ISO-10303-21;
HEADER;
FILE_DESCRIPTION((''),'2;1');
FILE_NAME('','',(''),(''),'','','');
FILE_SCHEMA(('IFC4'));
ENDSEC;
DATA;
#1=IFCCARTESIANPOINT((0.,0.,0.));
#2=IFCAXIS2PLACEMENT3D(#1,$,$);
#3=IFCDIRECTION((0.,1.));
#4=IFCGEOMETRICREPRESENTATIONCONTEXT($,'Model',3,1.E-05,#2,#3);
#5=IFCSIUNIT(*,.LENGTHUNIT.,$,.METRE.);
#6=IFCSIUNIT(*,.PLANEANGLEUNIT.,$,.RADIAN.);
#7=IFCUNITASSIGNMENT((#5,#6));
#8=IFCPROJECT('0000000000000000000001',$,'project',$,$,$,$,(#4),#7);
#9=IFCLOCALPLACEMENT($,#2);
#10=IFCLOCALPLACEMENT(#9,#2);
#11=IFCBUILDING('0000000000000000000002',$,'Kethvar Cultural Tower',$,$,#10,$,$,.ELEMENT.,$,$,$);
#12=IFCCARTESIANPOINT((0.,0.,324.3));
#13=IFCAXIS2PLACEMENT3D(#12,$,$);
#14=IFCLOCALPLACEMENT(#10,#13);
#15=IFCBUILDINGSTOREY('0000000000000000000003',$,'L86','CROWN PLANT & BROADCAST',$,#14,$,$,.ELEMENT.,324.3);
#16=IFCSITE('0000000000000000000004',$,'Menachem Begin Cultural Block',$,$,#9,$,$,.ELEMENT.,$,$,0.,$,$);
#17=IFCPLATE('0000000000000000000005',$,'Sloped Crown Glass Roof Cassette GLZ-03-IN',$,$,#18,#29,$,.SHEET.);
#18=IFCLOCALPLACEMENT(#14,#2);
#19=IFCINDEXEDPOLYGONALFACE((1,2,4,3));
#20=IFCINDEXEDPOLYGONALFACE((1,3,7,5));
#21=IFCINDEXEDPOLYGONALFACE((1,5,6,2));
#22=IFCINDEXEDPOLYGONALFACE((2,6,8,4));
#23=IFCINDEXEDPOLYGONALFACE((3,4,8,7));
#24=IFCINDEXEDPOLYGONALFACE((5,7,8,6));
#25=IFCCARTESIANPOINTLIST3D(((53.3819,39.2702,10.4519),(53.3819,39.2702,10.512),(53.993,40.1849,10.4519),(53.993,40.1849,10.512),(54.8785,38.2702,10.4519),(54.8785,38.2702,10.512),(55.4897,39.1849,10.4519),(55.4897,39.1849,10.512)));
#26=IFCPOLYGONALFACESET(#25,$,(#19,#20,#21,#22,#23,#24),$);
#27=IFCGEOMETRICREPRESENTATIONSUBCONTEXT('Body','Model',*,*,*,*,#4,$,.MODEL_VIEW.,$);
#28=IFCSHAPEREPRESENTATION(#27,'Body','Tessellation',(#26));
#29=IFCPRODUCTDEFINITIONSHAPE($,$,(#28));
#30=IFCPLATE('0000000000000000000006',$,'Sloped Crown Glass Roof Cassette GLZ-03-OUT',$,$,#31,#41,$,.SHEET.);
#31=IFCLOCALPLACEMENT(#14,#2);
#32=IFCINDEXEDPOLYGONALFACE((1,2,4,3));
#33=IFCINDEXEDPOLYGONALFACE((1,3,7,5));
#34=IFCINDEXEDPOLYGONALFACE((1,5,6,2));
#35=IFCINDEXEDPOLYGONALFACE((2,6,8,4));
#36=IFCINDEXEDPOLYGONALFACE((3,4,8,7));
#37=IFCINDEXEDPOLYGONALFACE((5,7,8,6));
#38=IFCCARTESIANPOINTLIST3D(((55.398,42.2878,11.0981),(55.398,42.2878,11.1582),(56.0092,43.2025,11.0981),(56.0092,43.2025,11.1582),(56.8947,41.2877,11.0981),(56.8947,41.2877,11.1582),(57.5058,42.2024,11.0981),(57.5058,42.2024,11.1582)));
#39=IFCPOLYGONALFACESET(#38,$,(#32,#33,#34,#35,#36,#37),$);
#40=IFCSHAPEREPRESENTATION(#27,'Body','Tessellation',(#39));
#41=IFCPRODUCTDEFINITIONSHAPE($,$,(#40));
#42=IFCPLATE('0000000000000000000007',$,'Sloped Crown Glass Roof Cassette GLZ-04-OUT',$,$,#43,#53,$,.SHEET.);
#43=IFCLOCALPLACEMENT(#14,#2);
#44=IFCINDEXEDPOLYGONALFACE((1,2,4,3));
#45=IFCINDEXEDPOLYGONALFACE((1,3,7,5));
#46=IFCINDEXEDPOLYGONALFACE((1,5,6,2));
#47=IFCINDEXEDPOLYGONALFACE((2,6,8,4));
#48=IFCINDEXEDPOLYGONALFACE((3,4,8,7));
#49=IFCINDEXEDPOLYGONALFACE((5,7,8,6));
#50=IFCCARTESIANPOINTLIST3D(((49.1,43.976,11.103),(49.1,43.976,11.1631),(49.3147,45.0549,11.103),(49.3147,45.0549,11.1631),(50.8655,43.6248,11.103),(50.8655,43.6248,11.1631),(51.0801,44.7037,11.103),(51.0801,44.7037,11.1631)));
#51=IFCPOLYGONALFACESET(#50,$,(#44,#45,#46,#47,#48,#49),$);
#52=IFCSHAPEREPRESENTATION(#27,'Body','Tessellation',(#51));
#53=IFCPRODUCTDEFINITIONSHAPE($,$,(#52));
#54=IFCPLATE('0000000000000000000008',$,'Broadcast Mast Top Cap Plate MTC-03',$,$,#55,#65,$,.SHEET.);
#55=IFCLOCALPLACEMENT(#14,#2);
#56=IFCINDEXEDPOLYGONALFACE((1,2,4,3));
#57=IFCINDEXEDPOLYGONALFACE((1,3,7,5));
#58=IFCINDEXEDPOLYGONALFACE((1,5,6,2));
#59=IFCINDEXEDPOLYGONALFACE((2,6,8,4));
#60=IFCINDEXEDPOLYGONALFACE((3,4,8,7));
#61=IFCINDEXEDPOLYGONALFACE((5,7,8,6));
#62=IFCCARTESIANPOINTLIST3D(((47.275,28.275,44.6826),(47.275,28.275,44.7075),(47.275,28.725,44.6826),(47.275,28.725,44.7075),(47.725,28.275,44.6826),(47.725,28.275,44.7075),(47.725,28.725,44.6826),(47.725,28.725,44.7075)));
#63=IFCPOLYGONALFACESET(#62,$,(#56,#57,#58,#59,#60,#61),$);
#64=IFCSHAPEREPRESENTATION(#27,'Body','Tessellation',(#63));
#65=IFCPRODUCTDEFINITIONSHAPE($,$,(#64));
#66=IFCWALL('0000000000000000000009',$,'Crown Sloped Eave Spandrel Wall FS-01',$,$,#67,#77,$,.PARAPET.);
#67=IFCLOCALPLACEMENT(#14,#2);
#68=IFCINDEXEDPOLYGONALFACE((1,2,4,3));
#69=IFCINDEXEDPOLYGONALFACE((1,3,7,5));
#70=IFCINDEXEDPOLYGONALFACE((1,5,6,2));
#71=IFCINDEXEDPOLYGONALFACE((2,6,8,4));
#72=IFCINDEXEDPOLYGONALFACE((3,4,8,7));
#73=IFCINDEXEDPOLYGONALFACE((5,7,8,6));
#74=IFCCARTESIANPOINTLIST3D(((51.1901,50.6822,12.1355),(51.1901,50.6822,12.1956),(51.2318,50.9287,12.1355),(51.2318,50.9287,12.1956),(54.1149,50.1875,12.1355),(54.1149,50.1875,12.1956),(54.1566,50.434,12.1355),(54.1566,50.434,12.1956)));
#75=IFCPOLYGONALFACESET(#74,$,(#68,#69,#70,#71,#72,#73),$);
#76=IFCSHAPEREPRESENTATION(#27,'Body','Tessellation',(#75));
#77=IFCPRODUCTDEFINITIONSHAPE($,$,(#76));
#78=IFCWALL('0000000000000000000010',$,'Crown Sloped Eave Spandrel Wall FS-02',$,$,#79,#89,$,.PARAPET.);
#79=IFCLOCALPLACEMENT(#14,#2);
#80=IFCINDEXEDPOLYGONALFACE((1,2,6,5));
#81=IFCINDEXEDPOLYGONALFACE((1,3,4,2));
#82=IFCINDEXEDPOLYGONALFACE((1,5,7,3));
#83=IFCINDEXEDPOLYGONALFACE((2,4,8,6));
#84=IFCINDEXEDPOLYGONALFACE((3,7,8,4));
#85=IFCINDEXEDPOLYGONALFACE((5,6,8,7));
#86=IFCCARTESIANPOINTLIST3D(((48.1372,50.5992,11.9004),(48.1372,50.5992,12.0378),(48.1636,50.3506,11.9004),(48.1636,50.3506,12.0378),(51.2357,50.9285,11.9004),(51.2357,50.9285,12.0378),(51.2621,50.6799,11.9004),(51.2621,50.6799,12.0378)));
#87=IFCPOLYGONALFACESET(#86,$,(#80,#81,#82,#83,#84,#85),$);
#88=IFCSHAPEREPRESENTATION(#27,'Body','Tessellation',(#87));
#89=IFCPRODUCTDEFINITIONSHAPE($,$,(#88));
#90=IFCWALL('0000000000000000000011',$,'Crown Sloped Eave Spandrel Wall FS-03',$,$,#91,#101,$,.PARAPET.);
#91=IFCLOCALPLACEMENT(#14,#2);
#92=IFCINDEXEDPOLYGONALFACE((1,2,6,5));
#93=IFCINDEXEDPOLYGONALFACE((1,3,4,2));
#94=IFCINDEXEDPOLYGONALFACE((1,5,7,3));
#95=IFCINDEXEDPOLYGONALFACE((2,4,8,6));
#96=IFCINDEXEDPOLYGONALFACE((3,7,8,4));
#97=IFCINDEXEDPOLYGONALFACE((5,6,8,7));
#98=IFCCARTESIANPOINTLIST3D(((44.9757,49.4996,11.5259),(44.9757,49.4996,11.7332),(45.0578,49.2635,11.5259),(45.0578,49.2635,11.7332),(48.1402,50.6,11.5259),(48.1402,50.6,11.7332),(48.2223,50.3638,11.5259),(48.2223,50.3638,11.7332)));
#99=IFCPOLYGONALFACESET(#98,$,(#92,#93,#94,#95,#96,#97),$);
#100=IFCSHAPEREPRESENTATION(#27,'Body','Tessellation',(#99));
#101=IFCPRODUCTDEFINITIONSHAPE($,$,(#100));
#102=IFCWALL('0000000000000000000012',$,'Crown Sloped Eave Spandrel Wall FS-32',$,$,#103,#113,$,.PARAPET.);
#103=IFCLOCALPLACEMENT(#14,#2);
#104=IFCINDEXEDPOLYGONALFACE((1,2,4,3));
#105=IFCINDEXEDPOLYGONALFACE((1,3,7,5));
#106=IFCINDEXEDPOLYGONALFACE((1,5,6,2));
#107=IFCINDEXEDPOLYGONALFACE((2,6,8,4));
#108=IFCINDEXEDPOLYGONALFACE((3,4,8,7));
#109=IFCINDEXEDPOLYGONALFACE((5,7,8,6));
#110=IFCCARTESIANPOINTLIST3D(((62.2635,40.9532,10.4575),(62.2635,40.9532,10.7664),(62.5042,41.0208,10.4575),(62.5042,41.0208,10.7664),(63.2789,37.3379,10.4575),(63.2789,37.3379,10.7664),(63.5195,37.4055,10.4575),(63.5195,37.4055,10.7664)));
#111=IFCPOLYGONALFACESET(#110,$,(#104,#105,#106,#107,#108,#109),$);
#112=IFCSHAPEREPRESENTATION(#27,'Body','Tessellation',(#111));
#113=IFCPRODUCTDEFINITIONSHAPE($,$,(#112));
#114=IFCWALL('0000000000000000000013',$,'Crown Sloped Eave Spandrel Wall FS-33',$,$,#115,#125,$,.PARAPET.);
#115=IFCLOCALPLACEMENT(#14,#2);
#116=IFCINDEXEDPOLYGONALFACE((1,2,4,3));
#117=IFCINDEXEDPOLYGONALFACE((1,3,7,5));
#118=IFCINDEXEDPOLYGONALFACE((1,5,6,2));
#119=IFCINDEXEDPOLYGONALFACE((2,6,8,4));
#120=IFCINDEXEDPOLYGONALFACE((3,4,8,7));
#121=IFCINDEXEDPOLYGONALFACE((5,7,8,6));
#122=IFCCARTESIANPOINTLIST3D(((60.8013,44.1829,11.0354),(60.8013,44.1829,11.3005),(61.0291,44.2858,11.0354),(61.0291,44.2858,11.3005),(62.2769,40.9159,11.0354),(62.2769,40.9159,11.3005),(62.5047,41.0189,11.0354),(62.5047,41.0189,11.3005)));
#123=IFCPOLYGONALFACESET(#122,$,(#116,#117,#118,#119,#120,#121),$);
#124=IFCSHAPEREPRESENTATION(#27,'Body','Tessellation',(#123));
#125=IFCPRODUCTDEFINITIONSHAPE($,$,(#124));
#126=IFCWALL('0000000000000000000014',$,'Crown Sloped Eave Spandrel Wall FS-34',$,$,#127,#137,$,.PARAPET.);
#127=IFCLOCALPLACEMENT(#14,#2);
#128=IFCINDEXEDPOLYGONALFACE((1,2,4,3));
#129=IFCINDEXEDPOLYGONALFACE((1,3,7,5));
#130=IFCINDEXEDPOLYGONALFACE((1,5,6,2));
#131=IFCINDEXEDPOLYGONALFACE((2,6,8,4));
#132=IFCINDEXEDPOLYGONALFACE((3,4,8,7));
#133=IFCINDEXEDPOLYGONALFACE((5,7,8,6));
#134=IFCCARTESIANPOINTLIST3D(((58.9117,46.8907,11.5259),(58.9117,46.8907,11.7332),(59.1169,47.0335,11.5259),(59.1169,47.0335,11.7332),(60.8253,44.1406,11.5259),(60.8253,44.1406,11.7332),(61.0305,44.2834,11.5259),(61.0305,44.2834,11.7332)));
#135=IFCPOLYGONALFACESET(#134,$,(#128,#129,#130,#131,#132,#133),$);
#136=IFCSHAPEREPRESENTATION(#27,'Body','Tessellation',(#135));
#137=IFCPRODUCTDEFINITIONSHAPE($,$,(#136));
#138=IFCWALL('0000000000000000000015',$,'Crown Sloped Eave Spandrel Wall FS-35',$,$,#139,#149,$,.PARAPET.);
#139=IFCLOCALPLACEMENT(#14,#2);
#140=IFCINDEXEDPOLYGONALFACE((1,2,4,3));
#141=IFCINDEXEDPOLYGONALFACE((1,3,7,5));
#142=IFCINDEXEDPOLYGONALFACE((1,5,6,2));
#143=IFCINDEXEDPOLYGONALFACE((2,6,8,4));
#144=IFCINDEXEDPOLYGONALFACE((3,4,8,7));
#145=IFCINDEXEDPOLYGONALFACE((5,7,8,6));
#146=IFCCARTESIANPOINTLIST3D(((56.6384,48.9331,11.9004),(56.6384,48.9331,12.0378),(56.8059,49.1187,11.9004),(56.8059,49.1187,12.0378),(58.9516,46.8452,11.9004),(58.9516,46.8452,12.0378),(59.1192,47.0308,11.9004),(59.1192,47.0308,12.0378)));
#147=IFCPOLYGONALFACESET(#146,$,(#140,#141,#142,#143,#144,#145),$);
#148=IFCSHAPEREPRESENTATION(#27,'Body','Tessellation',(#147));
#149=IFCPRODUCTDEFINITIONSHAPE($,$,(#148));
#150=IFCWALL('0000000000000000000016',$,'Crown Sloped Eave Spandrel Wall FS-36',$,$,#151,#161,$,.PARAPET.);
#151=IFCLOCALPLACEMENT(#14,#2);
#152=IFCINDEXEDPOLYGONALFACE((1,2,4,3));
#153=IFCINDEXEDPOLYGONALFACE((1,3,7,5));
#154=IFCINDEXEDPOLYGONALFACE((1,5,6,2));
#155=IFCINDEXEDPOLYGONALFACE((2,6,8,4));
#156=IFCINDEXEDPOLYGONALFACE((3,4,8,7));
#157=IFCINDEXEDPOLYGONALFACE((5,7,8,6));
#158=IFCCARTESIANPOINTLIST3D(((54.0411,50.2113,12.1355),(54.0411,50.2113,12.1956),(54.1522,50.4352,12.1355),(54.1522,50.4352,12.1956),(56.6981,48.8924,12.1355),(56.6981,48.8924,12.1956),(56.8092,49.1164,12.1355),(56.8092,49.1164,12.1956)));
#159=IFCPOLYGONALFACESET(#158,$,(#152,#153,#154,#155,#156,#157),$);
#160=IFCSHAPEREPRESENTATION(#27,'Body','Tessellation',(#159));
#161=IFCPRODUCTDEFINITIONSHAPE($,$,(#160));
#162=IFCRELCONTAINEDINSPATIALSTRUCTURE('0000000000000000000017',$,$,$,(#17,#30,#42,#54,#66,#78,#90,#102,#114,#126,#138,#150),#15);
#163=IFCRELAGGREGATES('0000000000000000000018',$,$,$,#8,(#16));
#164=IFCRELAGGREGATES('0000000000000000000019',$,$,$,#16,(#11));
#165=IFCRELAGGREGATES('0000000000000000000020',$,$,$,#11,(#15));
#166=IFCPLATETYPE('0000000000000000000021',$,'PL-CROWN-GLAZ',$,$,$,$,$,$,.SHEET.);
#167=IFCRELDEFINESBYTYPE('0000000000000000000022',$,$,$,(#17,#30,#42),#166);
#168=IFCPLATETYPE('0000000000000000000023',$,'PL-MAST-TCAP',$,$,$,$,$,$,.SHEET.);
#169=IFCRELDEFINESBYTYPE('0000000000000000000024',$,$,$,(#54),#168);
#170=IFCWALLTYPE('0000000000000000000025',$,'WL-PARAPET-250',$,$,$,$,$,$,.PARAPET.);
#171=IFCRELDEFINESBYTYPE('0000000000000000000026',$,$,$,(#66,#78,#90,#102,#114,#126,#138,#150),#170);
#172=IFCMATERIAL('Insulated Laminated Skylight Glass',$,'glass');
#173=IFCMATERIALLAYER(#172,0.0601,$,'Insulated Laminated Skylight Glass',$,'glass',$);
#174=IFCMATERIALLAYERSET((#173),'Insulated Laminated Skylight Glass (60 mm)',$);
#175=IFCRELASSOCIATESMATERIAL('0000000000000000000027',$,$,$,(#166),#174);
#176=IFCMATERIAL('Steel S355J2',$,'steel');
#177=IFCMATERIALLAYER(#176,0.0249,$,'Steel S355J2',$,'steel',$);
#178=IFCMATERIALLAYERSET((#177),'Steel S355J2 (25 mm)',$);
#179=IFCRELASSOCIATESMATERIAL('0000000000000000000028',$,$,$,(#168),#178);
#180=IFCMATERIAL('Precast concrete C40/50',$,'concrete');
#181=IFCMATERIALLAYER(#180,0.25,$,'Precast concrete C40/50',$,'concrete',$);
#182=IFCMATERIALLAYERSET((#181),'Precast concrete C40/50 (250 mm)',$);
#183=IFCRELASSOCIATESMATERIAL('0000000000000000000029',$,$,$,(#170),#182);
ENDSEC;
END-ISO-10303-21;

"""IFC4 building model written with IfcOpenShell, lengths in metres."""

from ifc_helpers import new_model, si_unit, direction, frame, frame_2d, origin, origin_2d, place, context, subcontext, project, spatial, rectangle, extrude, source, transform, mapped, material, layer, layer_set, type_object, element, save


model = new_model("IFC4")

# Units and contexts
model_context = context("Model", 3, precision=1e-05, world=origin(), true_north=direction((0.0, 1.0)))
body_context = subcontext(model_context, "Body", "Model", "MODEL_VIEW")
ifc_project = project(units=[si_unit("LENGTHUNIT", "METRE"), si_unit("PLANEANGLEUNIT", "RADIAN")], contexts=[model_context])

# Site, building, storey
site_placement = place(None, origin())
site = spatial("IfcSite", under=ifc_project, at=site_placement, Name="Menachem Begin Cultural Block", CompositionType="ELEMENT", RefElevation=0.0)
building_placement = place(site_placement, origin())
building = spatial("IfcBuilding", under=site, at=building_placement, Name="Kethvar Cultural Tower", CompositionType="ELEMENT")
storey_placement = place(building_placement, frame((0.0, 0.0, 324.3)))
storey = spatial("IfcBuildingStorey", under=building, at=storey_placement, Name="L86", Description="CROWN PLANT & BROADCAST", CompositionType="ELEMENT", Elevation=324.3)

# Shared definitions
ifc_material_1 = material(Name="Steel S355J2", Category="steel")

# Plates
ifc_material_2 = material(Name="Insulated Laminated Skylight Glass", Category="glass")
ifc_layer_1 = layer(ifc_material_2, 0.0601, Name="Insulated Laminated Skylight Glass", Category="glass")
ifc_layer_set_1 = layer_set([ifc_layer_1], Name="Insulated Laminated Skylight Glass (60 mm)")
plate_type_1 = type_object("IfcPlateType", Name="PL-CROWN-GLAZ", PredefinedType="SHEET", material=ifc_layer_set_1)
shared_shape_1 = source(origin(), body_context, "Body", "SweptSolid", [
    extrude(rectangle(XDim=1.1001, YDim=1.8, at=origin_2d()), origin(), (0.0, 0.0, 1.0), 0.0601),
])
for number, where, z_axis, x_axis, name in (
    (1, (54.4358, 39.2275, 10.4519), (0.0, 0.0, 1.0), (0.55557, 0.83147, 0.0), "Sloped Crown Glass Roof Cassette GLZ-03-IN"),
    (2, (56.4519, 42.2451, 11.0981), (0.0, 0.0, 1.0), (0.55557, 0.83147, 0.0), "Sloped Crown Glass Roof Cassette GLZ-03-OUT"),
    (3, (50.0901, 44.3398, 11.103), (0.0, 0.0, 1.0), (0.19509, 0.980785, 0.0), "Sloped Crown Glass Roof Cassette GLZ-04-OUT"),
):
    element("IfcPlate", number, at=place(storey_placement, frame(where, z_axis=z_axis, x_axis=x_axis)), inside=storey, type_object=plate_type_1, Name=name, PredefinedType="SHEET", context=body_context, shape_type="MappedRepresentation", body=[
        mapped(shared_shape_1, transform((0.0, 0.0, 0.0), scale=1.0)),
    ])
ifc_layer_2 = layer(ifc_material_1, 0.0249, Name="Steel S355J2", Category="steel")
ifc_layer_set_2 = layer_set([ifc_layer_2], Name="Steel S355J2 (25 mm)")
plate_type_2 = type_object("IfcPlateType", Name="PL-MAST-TCAP", PredefinedType="SHEET", material=ifc_layer_set_2)
shared_shape_2 = source(origin(), body_context, "Body", "SweptSolid", [
    extrude(rectangle(XDim=0.45, YDim=0.45, at=origin_2d()), origin(), (0.0, 0.0, 1.0), 0.0249),
])
plate_placement = place(storey_placement, frame((47.5, 28.5, 44.6826), z_axis=(0.0, 0.0, 1.0), x_axis=(1.0, 0.0, 0.0)))
element("IfcPlate", 4, at=plate_placement, inside=storey, type_object=plate_type_2, Name="Broadcast Mast Top Cap Plate MTC-03", PredefinedType="SHEET", context=body_context, shape_type="MappedRepresentation", body=[
    mapped(shared_shape_2, transform((0.0, 0.0, 0.0), scale=1.0)),
])

# Walls
ifc_material_3 = material(Name="Precast concrete C40/50", Category="concrete")
ifc_layer_3 = layer(ifc_material_3, 0.25, Name="Precast concrete C40/50", Category="concrete")
ifc_layer_set_3 = layer_set([ifc_layer_3], Name="Precast concrete C40/50 (250 mm)")
wall_type = type_object("IfcWallType", Name="WL-PARAPET-250", PredefinedType="PARAPET", material=ifc_layer_set_3)
wall_1_placement = place(storey_placement, frame((54.1357, 50.3108, 12.1355), z_axis=(0.0, 0.0, 1.0), x_axis=(-0.986, 0.166748, 0.0)))
element("IfcWall", 5, at=wall_1_placement, inside=storey, type_object=wall_type, Name="Crown Sloped Eave Spandrel Wall FS-01", PredefinedType="PARAPET", context=body_context, shape_type="SweptSolid", body=[
    extrude(rectangle(XDim=2.9663, YDim=0.25, at=frame_2d((1.4832, 0.0))), origin(), (0.0, 0.0, 1.0), 0.0601),
])
wall_2_placement = place(storey_placement, frame((51.249, 50.8042, 11.9004), z_axis=(0.0, 0.0, 1.0), x_axis=(-0.994399, -0.105692, 0.0)))
element("IfcWall", 6, at=wall_2_placement, inside=storey, type_object=wall_type, Name="Crown Sloped Eave Spandrel Wall FS-02", PredefinedType="PARAPET", context=body_context, shape_type="SweptSolid", body=[
    extrude(rectangle(XDim=3.116, YDim=0.25, at=frame_2d((1.5581, 0.0))), origin(), (0.0, 0.0, 1.0), 0.1375),
])
wall_3_placement = place(storey_placement, frame((48.1814, 50.4819, 11.5259), z_axis=(0.0, 0.0, 1.0), x_axis=(-0.944531, -0.328422, 0.0)))
element("IfcWall", 7, at=wall_3_placement, inside=storey, type_object=wall_type, Name="Crown Sloped Eave Spandrel Wall FS-03", PredefinedType="PARAPET", context=body_context, shape_type="SweptSolid", body=[
    extrude(rectangle(XDim=3.3503, YDim=0.25, at=frame_2d((1.6753, 0.0))), origin(), (0.0, 0.0, 1.0), 0.2073),
])
wall_4_placement = place(storey_placement, frame((63.3992, 37.3718, 10.4575), z_axis=(0.0, 0.0, 1.0), x_axis=(-0.270399, 0.962748, 0.0)))
element("IfcWall", 8, at=wall_4_placement, inside=storey, type_object=wall_type, Name="Crown Sloped Eave Spandrel Wall FS-32", PredefinedType="PARAPET", context=body_context, shape_type="SweptSolid", body=[
    extrude(rectangle(XDim=3.7551, YDim=0.25, at=frame_2d((1.8774, 0.0))), origin(), (0.0, 0.0, 1.0), 0.3088),
])
wall_5_placement = place(storey_placement, frame((62.3909, 40.9673, 11.0354), z_axis=(0.0, 0.0, 1.0), x_axis=(-0.411641, 0.911346, 0.0)))
element("IfcWall", 9, at=wall_5_placement, inside=storey, type_object=wall_type, Name="Crown Sloped Eave Spandrel Wall FS-33", PredefinedType="PARAPET", context=body_context, shape_type="SweptSolid", body=[
    extrude(rectangle(XDim=3.5847, YDim=0.25, at=frame_2d((1.7925, 0.0))), origin(), (0.0, 0.0, 1.0), 0.2651),
])
wall_6_placement = place(storey_placement, frame((60.928, 44.2119, 11.5259), z_axis=(0.0, 0.0, 1.0), x_axis=(-0.571171, 0.820831, 0.0)))
element("IfcWall", 10, at=wall_6_placement, inside=storey, type_object=wall_type, Name="Crown Sloped Eave Spandrel Wall FS-34", PredefinedType="PARAPET", context=body_context, shape_type="SweptSolid", body=[
    extrude(rectangle(XDim=3.3503, YDim=0.25, at=frame_2d((1.6753, 0.0))), origin(), (0.0, 0.0, 1.0), 0.2073),
])
wall_7_placement = place(storey_placement, frame((59.0354, 46.938, 11.9004), z_axis=(0.0, 0.0, 1.0), x_axis=(-0.742339, 0.670025, 0.0)))
element("IfcWall", 11, at=wall_7_placement, inside=storey, type_object=wall_type, Name="Crown Sloped Eave Spandrel Wall FS-35", PredefinedType="PARAPET", context=body_context, shape_type="SweptSolid", body=[
    extrude(rectangle(XDim=3.1162, YDim=0.25, at=frame_2d((1.5581, 0.0))), origin(), (0.0, 0.0, 1.0), 0.1375),
])
wall_8_placement = place(storey_placement, frame((56.7537, 49.0044, 12.1355), z_axis=(0.0, 0.0, 1.0), x_axis=(-0.895724, 0.444611, 0.0)))
element("IfcWall", 12, at=wall_8_placement, inside=storey, type_object=wall_type, Name="Crown Sloped Eave Spandrel Wall FS-36", PredefinedType="PARAPET", context=body_context, shape_type="SweptSolid", body=[
    extrude(rectangle(XDim=2.9663, YDim=0.25, at=frame_2d((1.4832, 0.0))), origin(), (0.0, 0.0, 1.0), 0.0601),
])

save(model, "model.ifc")
